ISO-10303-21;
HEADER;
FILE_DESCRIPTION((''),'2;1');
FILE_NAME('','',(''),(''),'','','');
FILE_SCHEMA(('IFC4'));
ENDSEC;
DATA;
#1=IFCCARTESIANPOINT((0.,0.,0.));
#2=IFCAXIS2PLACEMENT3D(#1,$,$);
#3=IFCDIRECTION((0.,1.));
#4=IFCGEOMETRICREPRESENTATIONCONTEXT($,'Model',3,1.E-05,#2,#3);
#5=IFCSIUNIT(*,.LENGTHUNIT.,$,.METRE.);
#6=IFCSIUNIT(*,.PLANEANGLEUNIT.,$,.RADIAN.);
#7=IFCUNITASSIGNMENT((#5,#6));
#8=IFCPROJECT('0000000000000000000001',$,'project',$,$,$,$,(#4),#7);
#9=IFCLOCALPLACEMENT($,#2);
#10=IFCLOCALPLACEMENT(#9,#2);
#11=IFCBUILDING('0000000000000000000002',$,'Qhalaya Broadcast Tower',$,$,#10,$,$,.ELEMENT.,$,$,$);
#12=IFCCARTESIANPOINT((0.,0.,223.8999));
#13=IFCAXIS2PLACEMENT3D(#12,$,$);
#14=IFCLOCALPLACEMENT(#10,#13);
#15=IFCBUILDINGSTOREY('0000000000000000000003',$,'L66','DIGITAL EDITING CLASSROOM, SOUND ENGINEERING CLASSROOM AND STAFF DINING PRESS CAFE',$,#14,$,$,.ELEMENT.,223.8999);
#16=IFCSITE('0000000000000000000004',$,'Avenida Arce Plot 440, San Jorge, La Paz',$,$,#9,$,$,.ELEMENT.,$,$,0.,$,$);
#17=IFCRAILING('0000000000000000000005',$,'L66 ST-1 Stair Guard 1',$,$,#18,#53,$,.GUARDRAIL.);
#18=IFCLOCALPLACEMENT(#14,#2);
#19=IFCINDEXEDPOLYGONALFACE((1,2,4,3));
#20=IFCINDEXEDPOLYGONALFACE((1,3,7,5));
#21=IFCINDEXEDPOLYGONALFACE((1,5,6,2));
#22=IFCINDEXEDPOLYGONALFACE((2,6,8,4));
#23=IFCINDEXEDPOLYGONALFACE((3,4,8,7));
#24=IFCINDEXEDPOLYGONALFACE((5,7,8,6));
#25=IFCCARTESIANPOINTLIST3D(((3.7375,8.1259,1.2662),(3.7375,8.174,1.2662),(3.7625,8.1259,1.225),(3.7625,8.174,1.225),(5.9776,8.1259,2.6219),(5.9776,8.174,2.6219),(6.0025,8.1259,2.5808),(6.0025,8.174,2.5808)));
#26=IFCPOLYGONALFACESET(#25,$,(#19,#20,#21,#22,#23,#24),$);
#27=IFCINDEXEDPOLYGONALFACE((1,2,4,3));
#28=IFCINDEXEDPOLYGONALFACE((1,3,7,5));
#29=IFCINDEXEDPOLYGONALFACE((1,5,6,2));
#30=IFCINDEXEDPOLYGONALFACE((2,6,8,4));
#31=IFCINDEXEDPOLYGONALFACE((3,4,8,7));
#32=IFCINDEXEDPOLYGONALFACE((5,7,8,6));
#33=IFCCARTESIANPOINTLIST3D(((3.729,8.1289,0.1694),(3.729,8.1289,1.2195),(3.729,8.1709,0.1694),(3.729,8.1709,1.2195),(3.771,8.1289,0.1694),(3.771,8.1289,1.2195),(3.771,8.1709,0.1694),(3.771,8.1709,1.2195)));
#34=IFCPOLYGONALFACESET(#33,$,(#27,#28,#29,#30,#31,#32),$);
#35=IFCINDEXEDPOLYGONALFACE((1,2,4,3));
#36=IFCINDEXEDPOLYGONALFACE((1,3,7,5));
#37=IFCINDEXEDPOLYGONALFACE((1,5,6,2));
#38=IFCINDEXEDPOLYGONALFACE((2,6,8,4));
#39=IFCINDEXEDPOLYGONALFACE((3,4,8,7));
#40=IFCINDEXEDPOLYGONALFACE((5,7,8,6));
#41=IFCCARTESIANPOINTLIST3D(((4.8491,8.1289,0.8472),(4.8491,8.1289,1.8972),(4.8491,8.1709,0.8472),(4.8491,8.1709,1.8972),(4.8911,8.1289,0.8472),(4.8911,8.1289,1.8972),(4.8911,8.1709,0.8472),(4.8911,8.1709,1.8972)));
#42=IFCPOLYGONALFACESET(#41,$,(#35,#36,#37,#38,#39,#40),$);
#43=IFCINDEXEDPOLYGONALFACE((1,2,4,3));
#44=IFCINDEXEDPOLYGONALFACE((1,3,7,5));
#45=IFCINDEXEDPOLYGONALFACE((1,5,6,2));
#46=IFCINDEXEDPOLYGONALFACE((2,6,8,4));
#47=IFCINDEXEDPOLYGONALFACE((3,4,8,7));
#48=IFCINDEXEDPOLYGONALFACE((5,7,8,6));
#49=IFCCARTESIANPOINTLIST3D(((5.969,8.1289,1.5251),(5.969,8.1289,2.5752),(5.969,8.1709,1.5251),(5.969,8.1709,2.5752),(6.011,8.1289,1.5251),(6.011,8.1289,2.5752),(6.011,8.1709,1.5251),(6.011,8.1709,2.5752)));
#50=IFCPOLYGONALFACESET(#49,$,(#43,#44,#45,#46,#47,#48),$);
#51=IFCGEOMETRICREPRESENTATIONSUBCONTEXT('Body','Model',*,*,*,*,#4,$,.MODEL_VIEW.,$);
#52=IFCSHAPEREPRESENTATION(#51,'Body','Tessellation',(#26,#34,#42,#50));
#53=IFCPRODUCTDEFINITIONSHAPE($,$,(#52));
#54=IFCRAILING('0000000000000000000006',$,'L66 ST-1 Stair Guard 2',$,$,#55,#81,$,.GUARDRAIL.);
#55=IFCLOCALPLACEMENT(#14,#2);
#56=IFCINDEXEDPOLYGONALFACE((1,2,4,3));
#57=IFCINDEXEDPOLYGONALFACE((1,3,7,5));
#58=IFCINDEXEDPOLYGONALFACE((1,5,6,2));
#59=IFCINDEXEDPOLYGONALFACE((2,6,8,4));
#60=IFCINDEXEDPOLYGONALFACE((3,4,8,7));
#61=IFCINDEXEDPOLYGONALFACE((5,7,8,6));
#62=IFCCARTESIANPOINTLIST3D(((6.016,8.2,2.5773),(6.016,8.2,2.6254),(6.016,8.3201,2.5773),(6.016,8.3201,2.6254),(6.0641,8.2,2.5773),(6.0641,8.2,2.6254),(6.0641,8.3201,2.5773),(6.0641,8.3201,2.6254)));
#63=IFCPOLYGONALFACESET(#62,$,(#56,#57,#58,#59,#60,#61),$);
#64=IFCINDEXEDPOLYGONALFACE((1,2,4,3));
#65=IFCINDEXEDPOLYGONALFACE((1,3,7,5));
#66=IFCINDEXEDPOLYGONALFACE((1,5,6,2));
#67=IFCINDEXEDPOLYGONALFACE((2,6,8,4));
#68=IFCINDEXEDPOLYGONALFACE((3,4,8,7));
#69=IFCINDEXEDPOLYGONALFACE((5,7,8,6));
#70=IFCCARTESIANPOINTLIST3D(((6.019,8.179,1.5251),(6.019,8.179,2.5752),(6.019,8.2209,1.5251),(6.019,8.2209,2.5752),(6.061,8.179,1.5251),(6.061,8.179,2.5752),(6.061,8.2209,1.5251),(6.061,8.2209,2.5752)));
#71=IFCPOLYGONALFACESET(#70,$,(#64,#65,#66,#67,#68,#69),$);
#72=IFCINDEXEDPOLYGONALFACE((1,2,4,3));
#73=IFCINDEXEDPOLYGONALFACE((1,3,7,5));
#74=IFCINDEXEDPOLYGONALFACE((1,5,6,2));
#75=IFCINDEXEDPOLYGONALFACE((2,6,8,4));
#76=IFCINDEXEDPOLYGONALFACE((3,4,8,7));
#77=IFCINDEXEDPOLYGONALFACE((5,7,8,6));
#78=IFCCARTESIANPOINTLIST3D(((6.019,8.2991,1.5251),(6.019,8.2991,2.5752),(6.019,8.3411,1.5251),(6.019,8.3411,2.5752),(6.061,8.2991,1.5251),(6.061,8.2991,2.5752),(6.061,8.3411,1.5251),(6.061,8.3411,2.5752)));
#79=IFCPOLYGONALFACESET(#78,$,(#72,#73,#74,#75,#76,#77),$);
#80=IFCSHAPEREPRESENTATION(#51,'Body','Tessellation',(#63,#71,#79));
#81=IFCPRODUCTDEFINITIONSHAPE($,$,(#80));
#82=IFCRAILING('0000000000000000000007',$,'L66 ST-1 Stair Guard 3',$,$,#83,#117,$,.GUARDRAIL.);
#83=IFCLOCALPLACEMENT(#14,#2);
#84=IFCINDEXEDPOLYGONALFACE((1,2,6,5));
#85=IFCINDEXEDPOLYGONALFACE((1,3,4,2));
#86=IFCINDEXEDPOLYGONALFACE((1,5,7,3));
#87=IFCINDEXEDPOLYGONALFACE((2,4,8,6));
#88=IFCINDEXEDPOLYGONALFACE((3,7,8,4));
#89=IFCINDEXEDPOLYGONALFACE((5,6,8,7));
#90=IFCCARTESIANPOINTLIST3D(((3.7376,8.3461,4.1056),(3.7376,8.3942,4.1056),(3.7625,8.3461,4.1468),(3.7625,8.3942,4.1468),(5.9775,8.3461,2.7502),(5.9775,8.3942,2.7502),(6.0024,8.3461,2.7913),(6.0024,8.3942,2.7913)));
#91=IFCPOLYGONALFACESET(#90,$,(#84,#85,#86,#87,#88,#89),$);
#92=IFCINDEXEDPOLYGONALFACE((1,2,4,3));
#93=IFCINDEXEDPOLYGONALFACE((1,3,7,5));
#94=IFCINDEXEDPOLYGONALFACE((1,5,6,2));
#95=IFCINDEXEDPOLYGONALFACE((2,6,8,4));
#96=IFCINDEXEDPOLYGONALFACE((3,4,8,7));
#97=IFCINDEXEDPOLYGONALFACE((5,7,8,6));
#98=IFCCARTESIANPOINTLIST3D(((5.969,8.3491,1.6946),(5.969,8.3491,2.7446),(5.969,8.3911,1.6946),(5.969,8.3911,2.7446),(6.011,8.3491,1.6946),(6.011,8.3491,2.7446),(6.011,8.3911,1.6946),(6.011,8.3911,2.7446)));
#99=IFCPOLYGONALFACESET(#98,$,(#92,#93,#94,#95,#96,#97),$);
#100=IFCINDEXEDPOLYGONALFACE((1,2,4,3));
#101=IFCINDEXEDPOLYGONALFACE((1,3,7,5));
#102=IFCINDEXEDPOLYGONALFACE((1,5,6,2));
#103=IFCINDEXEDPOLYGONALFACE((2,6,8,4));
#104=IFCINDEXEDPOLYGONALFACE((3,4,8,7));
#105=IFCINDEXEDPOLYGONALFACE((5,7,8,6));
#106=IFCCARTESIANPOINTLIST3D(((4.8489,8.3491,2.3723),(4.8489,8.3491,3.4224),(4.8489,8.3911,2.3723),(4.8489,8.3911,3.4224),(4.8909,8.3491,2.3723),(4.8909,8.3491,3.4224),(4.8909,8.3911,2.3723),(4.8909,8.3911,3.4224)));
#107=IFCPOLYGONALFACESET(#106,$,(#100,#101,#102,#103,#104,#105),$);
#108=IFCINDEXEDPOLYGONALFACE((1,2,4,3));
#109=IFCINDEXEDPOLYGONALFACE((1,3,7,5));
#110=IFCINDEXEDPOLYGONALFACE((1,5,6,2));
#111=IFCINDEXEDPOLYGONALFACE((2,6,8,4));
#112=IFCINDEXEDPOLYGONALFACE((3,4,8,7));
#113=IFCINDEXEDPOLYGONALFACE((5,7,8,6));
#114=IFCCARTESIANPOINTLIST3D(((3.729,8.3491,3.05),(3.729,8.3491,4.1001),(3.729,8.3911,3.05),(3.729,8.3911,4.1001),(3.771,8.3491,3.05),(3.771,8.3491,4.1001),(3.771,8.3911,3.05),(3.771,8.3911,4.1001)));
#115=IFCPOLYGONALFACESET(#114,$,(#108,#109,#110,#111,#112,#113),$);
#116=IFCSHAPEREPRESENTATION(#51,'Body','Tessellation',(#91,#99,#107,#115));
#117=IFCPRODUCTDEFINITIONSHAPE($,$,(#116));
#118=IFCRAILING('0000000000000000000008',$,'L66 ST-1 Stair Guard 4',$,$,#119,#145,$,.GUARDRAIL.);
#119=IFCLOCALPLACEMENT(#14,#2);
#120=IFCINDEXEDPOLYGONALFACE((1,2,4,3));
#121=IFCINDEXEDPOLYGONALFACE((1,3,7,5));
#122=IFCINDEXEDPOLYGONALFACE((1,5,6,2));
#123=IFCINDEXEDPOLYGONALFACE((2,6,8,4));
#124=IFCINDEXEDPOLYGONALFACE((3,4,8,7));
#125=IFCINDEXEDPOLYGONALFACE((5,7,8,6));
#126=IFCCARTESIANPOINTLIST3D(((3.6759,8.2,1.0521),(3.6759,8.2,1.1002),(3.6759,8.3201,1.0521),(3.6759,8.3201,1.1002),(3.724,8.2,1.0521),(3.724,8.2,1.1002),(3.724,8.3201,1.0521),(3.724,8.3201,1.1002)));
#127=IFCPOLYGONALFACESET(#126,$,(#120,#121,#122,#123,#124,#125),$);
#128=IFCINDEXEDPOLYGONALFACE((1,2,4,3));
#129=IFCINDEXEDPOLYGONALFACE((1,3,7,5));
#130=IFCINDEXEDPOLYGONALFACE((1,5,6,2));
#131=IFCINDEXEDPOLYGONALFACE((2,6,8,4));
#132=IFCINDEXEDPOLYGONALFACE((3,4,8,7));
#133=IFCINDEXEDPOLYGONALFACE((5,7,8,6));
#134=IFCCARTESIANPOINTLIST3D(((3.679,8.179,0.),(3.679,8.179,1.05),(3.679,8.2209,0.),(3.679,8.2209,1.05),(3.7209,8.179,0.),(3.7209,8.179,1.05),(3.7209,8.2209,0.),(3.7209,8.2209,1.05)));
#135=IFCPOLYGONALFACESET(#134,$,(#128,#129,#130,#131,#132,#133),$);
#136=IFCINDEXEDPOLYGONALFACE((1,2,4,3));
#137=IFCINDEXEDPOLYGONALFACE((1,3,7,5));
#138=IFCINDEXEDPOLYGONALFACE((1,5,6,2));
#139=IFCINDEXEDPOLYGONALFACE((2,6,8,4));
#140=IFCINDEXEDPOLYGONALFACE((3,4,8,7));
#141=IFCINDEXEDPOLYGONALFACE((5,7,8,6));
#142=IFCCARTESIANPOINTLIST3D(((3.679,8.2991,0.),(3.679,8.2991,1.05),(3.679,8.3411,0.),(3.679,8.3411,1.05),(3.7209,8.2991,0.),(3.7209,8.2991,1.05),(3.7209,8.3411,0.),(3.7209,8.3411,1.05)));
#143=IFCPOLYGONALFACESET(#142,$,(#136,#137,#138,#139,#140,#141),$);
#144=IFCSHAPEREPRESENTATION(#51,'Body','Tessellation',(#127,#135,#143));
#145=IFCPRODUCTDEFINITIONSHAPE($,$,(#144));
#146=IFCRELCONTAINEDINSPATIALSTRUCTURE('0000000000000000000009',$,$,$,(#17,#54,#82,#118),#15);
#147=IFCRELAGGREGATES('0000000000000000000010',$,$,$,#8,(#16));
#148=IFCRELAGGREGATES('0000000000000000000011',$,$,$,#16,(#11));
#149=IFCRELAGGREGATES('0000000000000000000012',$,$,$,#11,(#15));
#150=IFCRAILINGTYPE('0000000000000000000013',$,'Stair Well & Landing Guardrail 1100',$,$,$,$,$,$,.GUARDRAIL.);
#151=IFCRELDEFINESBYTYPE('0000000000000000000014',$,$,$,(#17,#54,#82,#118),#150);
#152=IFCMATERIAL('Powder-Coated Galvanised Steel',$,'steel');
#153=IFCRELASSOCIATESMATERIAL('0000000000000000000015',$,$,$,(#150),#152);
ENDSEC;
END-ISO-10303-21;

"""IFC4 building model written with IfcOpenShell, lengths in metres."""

from ifc_helpers import new_model, si_unit, direction, frame, origin, origin_2d, place, context, subcontext, project, spatial, rectangle, extrude, material, type_object, element, save


model = new_model("IFC4")

# Units and contexts
model_context = context("Model", 3, precision=1e-05, world=origin(), true_north=direction((0.0, 1.0)))
body_context = subcontext(model_context, "Body", "Model", "MODEL_VIEW")
ifc_project = project(units=[si_unit("LENGTHUNIT", "METRE"), si_unit("PLANEANGLEUNIT", "RADIAN")], contexts=[model_context])

# Site, building, storey
site_placement = place(None, origin())
site = spatial("IfcSite", under=ifc_project, at=site_placement, Name="Avenida Arce Plot 440, San Jorge, La Paz", CompositionType="ELEMENT", RefElevation=0.0)
building_placement = place(site_placement, origin())
building = spatial("IfcBuilding", under=site, at=building_placement, Name="Qhalaya Broadcast Tower", CompositionType="ELEMENT")
storey_placement = place(building_placement, frame((0.0, 0.0, 223.8999)))
storey = spatial("IfcBuildingStorey", under=building, at=storey_placement, Name="L66", Description="DIGITAL EDITING CLASSROOM, SOUND ENGINEERING CLASSROOM AND STAFF DINING PRESS CAFE", CompositionType="ELEMENT", Elevation=223.8999)

# Railings
ifc_material_1 = material(Name="Powder-Coated Galvanised Steel", Category="steel")
railing_type_1 = type_object("IfcRailingType", Name="Stair Well & Landing Guardrail 1100", PredefinedType="GUARDRAIL", material=ifc_material_1)
railing_1_placement = place(storey_placement, frame((3.75, 8.1499, 0.1694)))
element("IfcRailing", 1, at=railing_1_placement, inside=storey, type_object=railing_type_1, Name="L66 ST-1 Stair Guard 1", PredefinedType="GUARDRAIL", context=body_context, shape_type="SweptSolid", body=[
    extrude(rectangle(XDim=0.0481, YDim=0.0481, at=origin_2d()), frame((0.0, 0.0, 1.0762), z_axis=(0.855512, 0.0, 0.517783), x_axis=(0.0, 1.0, 0.0)), (0.0, 0.0, 1.0), 2.6184),
    extrude(rectangle(XDim=0.042, YDim=0.042, at=origin_2d()), origin(), (0.0, 0.0, 1.0), 1.05),
    extrude(rectangle(XDim=0.042, YDim=0.042, at=origin_2d()), frame((1.1201, 0.0, 0.6777)), (0.0, 0.0, 1.0), 1.05),
    extrude(rectangle(XDim=0.042, YDim=0.042, at=origin_2d()), frame((2.24, 0.0, 1.3557)), (0.0, 0.0, 1.0), 1.05),
])
railing_2_placement = place(storey_placement, frame((6.04, 8.2, 1.5251)))
element("IfcRailing", 2, at=railing_2_placement, inside=storey, type_object=railing_type_1, Name="L66 ST-1 Stair Guard 2", PredefinedType="GUARDRAIL", context=body_context, shape_type="SweptSolid", body=[
    extrude(rectangle(XDim=0.0481, YDim=0.0481, at=origin_2d()), frame((0.0, 0.0, 1.0762), z_axis=(0.0, 1.0, 0.0), x_axis=(-1.0, 0.0, 0.0)), (0.0, 0.0, 1.0), 0.1201),
    extrude(rectangle(XDim=0.042, YDim=0.042, at=origin_2d()), origin(), (0.0, 0.0, 1.0), 1.05),
    extrude(rectangle(XDim=0.042, YDim=0.042, at=origin_2d()), frame((0.0, 0.1201, 0.0)), (0.0, 0.0, 1.0), 1.05),
])
railing_3_placement = place(storey_placement, frame((5.99, 8.3701, 1.6946)))
element("IfcRailing", 3, at=railing_3_placement, inside=storey, type_object=railing_type_1, Name="L66 ST-1 Stair Guard 3", PredefinedType="GUARDRAIL", context=body_context, shape_type="SweptSolid", body=[
    extrude(rectangle(XDim=0.0481, YDim=0.0481, at=origin_2d()), frame((0.0, 0.0, 1.0762), z_axis=(-0.855553, 0.0, 0.517715), x_axis=(0.0, -1.0, 0.0)), (0.0, 0.0, 1.0), 2.6182),
    extrude(rectangle(XDim=0.042, YDim=0.042, at=origin_2d()), origin(), (0.0, 0.0, 1.0), 1.05),
    extrude(rectangle(XDim=0.042, YDim=0.042, at=origin_2d()), frame((-1.1201, 0.0, 0.6777)), (0.0, 0.0, 1.0), 1.05),
    extrude(rectangle(XDim=0.042, YDim=0.042, at=origin_2d()), frame((-2.24, 0.0, 1.3555)), (0.0, 0.0, 1.0), 1.05),
])
railing_4_placement = place(storey_placement, frame((3.7, 8.2, 0.0)))
element("IfcRailing", 4, at=railing_4_placement, inside=storey, type_object=railing_type_1, Name="L66 ST-1 Stair Guard 4", PredefinedType="GUARDRAIL", context=body_context, shape_type="SweptSolid", body=[
    extrude(rectangle(XDim=0.0481, YDim=0.0481, at=origin_2d()), frame((0.0, 0.0, 1.0762), z_axis=(0.0, 1.0, 0.0), x_axis=(-1.0, 0.0, 0.0)), (0.0, 0.0, 1.0), 0.1201),
    extrude(rectangle(XDim=0.042, YDim=0.042, at=origin_2d()), origin(), (0.0, 0.0, 1.0), 1.05),
    extrude(rectangle(XDim=0.042, YDim=0.042, at=origin_2d()), frame((0.0, 0.1201, 0.0)), (0.0, 0.0, 1.0), 1.05),
])

save(model, "model.ifc")
